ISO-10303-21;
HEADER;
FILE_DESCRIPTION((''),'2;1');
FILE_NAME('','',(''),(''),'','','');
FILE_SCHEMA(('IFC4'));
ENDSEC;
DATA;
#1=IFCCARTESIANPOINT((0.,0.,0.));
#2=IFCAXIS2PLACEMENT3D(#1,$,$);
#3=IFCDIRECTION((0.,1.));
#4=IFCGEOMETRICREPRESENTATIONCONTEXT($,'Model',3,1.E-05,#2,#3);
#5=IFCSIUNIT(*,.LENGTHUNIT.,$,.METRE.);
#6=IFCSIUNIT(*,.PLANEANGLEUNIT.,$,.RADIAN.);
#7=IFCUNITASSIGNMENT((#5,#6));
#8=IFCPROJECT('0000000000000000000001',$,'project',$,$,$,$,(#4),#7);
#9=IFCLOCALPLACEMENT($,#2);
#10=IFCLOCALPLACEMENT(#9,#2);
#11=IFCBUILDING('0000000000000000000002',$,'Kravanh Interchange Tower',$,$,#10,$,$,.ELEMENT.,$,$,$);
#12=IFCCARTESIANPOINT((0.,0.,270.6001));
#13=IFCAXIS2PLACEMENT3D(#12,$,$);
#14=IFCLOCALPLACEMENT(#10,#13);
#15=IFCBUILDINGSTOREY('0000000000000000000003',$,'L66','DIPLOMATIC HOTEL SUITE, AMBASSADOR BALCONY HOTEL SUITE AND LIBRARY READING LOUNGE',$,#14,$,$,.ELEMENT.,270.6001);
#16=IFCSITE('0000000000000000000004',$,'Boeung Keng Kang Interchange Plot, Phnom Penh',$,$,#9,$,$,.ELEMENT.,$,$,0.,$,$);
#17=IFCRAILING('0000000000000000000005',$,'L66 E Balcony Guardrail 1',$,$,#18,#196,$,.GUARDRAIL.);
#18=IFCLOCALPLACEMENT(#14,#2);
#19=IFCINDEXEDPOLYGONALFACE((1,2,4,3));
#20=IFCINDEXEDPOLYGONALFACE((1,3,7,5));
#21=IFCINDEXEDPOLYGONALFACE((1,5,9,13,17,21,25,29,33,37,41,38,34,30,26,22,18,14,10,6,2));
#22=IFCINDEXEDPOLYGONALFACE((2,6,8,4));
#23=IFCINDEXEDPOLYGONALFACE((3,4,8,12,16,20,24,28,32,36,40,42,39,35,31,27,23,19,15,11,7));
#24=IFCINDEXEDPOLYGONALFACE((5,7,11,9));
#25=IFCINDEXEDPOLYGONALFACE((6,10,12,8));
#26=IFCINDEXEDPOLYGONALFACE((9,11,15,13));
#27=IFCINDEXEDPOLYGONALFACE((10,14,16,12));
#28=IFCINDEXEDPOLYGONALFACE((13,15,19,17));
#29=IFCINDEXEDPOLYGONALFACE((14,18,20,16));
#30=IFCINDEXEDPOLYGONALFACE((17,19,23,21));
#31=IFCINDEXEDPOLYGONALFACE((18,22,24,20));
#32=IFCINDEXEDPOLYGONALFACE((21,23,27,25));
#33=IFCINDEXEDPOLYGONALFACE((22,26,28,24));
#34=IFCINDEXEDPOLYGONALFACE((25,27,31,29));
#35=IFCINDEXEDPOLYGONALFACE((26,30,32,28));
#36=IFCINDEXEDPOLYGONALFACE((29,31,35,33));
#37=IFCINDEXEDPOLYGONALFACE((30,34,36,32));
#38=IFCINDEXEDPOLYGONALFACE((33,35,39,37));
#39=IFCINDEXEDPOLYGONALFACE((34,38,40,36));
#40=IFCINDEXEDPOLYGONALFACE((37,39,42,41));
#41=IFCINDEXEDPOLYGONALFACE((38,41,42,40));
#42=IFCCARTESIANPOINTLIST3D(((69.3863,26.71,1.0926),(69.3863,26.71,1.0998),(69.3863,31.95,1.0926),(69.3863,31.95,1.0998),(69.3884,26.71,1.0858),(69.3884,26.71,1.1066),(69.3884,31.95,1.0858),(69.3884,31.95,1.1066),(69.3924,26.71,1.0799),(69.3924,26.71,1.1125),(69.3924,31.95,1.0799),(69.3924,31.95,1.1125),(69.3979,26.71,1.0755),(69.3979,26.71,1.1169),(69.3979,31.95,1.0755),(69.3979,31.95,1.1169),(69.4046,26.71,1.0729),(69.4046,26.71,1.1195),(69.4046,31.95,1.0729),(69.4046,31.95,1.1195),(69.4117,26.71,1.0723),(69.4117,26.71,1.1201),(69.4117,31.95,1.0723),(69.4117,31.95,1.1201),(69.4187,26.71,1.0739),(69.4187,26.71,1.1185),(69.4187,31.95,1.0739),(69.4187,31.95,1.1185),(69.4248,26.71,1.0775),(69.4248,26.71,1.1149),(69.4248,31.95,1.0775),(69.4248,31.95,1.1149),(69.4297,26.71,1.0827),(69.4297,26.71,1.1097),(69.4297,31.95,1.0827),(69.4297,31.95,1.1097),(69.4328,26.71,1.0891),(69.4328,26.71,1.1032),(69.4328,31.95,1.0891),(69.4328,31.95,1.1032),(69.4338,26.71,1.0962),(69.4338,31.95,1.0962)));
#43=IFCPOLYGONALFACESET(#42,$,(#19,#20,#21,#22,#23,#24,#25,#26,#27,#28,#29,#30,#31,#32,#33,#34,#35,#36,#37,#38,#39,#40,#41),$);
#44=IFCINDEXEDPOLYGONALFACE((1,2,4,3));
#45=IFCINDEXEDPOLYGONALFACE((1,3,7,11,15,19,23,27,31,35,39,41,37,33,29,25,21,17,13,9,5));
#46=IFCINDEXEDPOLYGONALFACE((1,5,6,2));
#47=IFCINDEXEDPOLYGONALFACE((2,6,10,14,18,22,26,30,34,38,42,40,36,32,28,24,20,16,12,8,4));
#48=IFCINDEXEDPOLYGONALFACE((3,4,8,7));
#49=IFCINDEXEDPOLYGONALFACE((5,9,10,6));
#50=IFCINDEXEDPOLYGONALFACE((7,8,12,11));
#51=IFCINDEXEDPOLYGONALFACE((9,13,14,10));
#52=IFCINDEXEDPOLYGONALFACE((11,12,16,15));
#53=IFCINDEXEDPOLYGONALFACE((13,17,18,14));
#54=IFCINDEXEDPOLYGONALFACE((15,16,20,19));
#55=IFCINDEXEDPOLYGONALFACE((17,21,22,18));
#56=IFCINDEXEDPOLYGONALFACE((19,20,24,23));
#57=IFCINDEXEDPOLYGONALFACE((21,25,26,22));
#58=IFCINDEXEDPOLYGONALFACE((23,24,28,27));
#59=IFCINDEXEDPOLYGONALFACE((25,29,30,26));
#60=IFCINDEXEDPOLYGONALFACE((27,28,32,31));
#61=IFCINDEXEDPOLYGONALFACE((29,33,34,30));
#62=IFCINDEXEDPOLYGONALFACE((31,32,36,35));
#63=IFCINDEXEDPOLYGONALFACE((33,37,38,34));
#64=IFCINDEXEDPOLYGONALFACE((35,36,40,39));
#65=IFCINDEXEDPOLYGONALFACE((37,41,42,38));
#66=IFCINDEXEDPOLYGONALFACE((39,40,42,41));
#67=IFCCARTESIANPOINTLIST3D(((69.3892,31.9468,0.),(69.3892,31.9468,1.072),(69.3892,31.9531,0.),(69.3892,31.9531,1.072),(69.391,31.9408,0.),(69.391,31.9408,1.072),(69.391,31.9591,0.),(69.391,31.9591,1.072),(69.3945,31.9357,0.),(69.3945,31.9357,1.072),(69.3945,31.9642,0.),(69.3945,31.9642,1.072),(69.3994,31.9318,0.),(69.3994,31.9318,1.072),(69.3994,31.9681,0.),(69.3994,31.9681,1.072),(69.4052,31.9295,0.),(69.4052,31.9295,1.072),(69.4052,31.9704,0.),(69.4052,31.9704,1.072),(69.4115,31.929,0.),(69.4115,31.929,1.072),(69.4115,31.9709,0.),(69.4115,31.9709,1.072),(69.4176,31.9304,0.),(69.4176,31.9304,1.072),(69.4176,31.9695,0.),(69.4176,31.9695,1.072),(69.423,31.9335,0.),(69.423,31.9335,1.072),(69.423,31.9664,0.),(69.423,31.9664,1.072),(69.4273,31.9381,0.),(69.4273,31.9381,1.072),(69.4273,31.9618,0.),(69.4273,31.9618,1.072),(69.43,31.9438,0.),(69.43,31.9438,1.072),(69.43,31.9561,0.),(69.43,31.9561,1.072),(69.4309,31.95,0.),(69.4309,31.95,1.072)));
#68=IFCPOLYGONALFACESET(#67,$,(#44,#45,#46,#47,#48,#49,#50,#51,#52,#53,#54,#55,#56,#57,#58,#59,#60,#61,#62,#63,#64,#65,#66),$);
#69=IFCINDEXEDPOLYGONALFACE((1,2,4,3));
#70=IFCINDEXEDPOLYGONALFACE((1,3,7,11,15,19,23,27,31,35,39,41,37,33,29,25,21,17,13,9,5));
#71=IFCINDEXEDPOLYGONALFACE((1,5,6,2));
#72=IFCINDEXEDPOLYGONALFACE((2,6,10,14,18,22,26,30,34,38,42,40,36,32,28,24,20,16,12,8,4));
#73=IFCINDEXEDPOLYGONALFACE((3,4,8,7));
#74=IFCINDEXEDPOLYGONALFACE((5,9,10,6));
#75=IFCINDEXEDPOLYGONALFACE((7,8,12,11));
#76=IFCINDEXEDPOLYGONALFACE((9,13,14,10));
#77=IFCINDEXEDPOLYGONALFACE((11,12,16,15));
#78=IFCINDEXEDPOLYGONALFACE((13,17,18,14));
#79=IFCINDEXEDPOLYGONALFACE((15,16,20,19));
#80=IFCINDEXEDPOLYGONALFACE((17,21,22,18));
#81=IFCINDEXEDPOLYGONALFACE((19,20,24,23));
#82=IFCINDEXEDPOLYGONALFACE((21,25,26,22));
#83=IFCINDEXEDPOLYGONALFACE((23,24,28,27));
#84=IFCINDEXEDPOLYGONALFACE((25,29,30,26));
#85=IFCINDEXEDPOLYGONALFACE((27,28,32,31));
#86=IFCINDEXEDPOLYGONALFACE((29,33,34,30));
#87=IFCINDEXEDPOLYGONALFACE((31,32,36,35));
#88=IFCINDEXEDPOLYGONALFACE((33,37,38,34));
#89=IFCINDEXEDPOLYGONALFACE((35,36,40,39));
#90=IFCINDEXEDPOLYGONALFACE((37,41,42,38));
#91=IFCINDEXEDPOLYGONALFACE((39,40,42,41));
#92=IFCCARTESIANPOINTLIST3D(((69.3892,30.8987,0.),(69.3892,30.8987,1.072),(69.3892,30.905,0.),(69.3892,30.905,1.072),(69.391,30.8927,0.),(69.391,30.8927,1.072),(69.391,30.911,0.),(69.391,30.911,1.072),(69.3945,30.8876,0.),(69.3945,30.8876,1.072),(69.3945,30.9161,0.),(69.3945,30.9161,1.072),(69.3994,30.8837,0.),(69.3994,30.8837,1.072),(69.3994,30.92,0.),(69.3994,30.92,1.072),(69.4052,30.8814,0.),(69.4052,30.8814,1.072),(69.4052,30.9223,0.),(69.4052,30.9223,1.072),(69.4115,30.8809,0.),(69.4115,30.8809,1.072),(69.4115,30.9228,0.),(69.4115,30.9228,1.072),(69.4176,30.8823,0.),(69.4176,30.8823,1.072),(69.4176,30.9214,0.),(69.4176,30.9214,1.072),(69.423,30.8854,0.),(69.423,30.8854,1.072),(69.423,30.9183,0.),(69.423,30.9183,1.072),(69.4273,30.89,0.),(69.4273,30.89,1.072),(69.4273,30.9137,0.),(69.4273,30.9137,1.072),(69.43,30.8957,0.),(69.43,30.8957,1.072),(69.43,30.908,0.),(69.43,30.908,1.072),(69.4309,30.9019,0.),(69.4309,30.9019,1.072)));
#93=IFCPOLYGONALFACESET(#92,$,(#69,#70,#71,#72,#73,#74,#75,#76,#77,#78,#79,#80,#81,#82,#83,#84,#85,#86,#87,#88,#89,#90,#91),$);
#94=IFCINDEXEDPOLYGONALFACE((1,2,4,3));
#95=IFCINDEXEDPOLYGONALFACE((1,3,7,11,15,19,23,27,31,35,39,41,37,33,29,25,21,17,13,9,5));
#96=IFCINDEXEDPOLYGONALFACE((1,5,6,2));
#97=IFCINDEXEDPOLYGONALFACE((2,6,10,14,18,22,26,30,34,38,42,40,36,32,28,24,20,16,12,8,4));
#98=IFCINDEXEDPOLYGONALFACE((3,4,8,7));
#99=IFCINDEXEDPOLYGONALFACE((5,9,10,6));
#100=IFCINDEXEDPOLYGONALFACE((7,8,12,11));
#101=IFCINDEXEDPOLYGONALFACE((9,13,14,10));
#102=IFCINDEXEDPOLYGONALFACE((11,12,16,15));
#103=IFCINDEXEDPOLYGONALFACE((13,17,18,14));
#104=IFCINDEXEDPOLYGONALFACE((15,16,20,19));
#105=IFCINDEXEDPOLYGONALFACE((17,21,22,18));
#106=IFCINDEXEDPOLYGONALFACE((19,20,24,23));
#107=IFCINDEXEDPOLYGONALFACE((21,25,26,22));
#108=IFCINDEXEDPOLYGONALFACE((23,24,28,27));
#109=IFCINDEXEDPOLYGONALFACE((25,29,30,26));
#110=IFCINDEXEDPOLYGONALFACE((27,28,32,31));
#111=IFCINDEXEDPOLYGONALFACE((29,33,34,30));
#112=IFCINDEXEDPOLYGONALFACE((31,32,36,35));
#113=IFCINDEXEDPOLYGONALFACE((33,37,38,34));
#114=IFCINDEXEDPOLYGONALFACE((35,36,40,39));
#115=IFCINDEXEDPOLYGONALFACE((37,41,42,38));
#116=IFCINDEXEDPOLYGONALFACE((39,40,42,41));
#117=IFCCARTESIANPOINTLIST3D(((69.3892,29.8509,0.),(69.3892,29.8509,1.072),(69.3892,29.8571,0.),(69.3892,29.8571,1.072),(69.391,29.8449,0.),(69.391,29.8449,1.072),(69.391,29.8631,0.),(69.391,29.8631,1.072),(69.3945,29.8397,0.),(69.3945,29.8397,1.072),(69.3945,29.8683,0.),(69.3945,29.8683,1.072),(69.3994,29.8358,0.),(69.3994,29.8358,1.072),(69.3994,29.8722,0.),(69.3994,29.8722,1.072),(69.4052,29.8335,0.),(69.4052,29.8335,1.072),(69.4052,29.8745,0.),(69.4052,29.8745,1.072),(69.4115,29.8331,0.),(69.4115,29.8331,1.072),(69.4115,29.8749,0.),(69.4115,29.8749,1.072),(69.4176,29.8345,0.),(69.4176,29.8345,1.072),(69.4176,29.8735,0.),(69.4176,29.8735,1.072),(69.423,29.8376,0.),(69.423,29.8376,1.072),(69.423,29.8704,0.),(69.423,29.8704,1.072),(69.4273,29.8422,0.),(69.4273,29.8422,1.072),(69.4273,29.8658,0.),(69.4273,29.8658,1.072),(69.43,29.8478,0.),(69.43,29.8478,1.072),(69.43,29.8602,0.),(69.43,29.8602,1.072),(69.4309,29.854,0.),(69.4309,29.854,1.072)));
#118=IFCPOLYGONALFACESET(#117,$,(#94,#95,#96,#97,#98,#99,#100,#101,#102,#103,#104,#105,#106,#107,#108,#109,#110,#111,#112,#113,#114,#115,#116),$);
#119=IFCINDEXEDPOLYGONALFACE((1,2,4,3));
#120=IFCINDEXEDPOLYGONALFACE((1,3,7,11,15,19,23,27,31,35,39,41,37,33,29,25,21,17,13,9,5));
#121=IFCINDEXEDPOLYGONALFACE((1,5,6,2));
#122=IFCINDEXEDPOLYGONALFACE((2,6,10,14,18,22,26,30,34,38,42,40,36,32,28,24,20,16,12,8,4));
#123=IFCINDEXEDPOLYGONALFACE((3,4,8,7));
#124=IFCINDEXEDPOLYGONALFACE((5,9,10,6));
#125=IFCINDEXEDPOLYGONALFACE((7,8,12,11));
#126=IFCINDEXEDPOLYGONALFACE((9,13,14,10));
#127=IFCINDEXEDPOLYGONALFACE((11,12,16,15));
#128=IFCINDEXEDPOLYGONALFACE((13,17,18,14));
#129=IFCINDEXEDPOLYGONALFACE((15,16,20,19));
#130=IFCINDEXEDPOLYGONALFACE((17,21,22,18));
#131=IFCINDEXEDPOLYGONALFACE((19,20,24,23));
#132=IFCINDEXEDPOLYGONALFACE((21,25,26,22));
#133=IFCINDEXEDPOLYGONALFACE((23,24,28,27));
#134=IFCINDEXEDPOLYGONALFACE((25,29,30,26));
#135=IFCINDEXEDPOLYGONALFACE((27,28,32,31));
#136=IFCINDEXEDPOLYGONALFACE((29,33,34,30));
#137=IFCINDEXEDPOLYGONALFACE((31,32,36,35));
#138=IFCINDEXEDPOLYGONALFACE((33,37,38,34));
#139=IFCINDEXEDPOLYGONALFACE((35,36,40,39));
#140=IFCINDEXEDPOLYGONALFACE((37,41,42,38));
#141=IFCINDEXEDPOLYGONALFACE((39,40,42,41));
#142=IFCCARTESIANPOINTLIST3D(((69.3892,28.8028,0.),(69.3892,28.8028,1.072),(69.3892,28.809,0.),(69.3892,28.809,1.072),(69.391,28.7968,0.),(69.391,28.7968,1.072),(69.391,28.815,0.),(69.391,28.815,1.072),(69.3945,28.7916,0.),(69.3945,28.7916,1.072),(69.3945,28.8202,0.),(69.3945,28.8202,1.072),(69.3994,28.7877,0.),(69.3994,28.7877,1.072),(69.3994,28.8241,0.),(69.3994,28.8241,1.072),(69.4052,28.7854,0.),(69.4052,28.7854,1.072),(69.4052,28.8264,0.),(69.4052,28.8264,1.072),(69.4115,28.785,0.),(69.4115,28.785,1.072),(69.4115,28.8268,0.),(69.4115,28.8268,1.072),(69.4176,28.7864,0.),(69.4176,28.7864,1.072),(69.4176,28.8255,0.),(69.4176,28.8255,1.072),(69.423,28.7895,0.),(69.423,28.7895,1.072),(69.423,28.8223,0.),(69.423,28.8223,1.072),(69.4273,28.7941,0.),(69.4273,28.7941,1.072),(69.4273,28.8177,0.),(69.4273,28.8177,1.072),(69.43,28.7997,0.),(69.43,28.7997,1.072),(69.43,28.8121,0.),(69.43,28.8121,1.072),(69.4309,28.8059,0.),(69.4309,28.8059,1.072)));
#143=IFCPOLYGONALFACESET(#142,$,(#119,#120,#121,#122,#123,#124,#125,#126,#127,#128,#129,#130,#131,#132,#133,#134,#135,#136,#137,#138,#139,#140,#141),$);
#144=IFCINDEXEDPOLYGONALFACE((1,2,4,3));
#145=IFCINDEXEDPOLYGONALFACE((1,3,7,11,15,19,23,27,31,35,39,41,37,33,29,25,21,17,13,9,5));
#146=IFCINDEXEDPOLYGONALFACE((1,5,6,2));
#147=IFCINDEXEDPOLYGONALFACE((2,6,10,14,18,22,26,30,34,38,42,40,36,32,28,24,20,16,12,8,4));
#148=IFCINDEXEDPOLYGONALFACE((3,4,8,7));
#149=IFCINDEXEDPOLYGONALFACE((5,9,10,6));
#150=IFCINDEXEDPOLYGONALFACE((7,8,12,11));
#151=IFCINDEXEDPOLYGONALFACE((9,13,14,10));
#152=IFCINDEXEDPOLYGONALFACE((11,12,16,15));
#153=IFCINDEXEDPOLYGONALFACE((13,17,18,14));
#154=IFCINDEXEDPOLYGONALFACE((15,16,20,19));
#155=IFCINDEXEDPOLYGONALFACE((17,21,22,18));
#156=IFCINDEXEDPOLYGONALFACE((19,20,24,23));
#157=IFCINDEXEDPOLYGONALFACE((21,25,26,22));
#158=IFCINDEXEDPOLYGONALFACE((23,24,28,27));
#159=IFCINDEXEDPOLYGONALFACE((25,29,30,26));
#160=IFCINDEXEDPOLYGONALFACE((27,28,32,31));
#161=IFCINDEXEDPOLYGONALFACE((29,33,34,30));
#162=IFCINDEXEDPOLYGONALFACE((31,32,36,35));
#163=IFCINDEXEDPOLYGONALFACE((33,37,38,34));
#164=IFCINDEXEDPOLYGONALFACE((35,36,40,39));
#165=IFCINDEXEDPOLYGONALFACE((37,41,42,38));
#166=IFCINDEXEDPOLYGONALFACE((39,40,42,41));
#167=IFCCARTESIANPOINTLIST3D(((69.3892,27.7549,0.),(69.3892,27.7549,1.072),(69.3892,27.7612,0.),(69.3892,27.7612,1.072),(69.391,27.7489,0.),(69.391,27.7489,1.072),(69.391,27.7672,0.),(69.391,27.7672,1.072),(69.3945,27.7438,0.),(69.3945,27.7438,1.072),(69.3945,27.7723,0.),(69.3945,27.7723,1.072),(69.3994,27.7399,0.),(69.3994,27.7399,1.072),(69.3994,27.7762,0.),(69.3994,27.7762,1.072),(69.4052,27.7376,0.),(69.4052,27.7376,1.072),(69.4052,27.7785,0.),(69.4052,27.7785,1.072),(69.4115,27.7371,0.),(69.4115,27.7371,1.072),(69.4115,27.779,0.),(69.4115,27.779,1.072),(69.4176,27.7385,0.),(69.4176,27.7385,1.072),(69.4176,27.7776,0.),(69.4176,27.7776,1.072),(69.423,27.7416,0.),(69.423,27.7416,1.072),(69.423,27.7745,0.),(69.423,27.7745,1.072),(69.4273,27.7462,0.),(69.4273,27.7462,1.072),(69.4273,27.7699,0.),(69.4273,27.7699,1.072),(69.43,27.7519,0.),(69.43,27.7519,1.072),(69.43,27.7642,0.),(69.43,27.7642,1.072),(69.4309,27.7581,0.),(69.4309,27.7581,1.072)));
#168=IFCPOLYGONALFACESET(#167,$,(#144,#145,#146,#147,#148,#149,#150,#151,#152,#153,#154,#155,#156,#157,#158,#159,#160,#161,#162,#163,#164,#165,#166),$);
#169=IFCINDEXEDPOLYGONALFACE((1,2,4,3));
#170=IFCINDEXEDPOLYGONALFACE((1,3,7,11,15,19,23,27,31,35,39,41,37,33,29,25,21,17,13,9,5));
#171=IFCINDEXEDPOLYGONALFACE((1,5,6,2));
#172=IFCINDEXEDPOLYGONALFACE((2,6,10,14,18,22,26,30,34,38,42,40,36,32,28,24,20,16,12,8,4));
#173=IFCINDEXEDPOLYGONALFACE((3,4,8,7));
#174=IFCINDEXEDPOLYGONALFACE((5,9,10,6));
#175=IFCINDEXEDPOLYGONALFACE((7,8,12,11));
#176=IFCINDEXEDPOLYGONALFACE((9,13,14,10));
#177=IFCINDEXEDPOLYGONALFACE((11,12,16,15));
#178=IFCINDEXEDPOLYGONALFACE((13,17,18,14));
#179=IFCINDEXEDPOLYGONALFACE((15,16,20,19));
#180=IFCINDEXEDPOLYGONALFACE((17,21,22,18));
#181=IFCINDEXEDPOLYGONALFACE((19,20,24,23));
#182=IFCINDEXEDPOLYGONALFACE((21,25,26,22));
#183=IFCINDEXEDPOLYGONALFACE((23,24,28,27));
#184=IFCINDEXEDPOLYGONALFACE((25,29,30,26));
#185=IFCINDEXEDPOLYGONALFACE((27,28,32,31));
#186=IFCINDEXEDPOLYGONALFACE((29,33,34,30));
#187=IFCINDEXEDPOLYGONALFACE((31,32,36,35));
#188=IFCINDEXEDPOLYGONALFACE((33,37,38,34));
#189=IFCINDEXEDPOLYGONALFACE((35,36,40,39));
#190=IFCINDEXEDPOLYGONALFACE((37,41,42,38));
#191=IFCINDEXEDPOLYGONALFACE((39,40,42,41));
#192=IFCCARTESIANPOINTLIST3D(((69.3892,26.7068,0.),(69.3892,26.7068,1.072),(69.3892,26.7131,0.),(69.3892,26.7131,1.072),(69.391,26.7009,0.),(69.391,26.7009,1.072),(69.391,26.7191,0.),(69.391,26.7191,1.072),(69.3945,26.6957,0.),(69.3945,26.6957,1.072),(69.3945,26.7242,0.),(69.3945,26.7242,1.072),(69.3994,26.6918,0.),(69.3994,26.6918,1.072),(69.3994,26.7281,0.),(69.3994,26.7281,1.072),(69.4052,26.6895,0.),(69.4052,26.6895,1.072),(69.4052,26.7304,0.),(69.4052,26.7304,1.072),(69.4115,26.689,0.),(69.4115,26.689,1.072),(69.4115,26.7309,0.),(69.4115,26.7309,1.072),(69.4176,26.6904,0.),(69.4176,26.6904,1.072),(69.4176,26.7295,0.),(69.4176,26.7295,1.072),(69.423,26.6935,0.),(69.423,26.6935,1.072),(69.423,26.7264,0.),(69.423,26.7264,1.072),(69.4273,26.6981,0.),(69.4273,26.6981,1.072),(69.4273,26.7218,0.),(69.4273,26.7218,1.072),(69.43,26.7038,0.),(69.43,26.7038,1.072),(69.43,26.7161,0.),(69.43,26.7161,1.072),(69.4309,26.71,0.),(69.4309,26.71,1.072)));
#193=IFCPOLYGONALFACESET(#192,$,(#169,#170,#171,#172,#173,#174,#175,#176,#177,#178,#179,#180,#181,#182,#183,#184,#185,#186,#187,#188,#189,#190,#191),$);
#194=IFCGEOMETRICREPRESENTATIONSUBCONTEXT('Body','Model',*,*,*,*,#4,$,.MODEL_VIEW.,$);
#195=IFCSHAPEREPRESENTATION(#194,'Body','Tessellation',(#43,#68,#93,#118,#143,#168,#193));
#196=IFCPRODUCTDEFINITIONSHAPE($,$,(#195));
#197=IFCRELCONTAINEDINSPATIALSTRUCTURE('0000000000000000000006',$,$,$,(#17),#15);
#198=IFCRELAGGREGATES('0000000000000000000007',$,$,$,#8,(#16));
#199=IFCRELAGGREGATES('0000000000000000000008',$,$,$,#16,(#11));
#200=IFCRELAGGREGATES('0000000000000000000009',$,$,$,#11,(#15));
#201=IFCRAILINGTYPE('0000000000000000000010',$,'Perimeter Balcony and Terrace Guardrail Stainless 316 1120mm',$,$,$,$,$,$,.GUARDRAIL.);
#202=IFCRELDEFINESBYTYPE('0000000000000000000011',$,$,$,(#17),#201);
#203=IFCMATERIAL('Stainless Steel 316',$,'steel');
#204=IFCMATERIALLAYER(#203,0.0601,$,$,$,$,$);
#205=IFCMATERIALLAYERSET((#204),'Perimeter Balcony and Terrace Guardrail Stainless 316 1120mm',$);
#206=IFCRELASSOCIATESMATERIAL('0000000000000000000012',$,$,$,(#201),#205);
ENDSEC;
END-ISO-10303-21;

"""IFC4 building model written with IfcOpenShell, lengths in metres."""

from ifc_helpers import new_model, si_unit, direction, frame, origin, origin_2d, place, context, subcontext, project, spatial, circle, extrude, material, layer, layer_set, type_object, element, save


model = new_model("IFC4")

# Units and contexts
model_context = context("Model", 3, precision=1e-05, world=origin(), true_north=direction((0.0, 1.0)))
body_context = subcontext(model_context, "Body", "Model", "MODEL_VIEW")
ifc_project = project(units=[si_unit("LENGTHUNIT", "METRE"), si_unit("PLANEANGLEUNIT", "RADIAN")], contexts=[model_context])

# Site, building, storey
site_placement = place(None, origin())
site = spatial("IfcSite", under=ifc_project, at=site_placement, Name="Boeung Keng Kang Interchange Plot, Phnom Penh", CompositionType="ELEMENT", RefElevation=0.0)
building_placement = place(site_placement, origin())
building = spatial("IfcBuilding", under=site, at=building_placement, Name="Kravanh Interchange Tower", CompositionType="ELEMENT")
storey_placement = place(building_placement, frame((0.0, 0.0, 270.6001)))
storey = spatial("IfcBuildingStorey", under=building, at=storey_placement, Name="L66", Description="DIPLOMATIC HOTEL SUITE, AMBASSADOR BALCONY HOTEL SUITE AND LIBRARY READING LOUNGE", CompositionType="ELEMENT", Elevation=270.6001)

# Railing
ifc_material_1 = material(Name="Stainless Steel 316", Category="steel")
ifc_layer_1 = layer(ifc_material_1, 0.0601)
ifc_layer_set_1 = layer_set([ifc_layer_1], Name="Perimeter Balcony and Terrace Guardrail Stainless 316 1120mm")
railing_type_1 = type_object("IfcRailingType", Name="Perimeter Balcony and Terrace Guardrail Stainless 316 1120mm", PredefinedType="GUARDRAIL", material=ifc_layer_set_1)
railing_1_placement = place(storey_placement, frame((69.4099, 31.95, 0.0)))
element("IfcRailing", 1, at=railing_1_placement, inside=storey, type_object=railing_type_1, Name="L66 E Balcony Guardrail 1", PredefinedType="GUARDRAIL", context=body_context, shape_type="SweptSolid", body=[
    extrude(circle(Radius=0.0239, at=origin_2d()), frame((0.0, 0.0, 1.0962), z_axis=(0.0, -1.0, 0.0), x_axis=(1.0, 0.0, 0.0)), (0.0, 0.0, 1.0), 5.24),
    extrude(circle(Radius=0.021, at=origin_2d()), origin(), (0.0, 0.0, 1.0), 1.072),
    extrude(circle(Radius=0.021, at=origin_2d()), frame((0.0, -1.0481, 0.0)), (0.0, 0.0, 1.0), 1.072),
    extrude(circle(Radius=0.021, at=origin_2d()), frame((0.0, -2.0959, 0.0)), (0.0, 0.0, 1.0), 1.072),
    extrude(circle(Radius=0.021, at=origin_2d()), frame((0.0, -3.144, 0.0)), (0.0, 0.0, 1.0), 1.072),
    extrude(circle(Radius=0.021, at=origin_2d()), frame((0.0, -4.1919, 0.0)), (0.0, 0.0, 1.0), 1.072),
    extrude(circle(Radius=0.021, at=origin_2d()), frame((0.0, -5.24, 0.0)), (0.0, 0.0, 1.0), 1.072),
])

save(model, "model.ifc")
